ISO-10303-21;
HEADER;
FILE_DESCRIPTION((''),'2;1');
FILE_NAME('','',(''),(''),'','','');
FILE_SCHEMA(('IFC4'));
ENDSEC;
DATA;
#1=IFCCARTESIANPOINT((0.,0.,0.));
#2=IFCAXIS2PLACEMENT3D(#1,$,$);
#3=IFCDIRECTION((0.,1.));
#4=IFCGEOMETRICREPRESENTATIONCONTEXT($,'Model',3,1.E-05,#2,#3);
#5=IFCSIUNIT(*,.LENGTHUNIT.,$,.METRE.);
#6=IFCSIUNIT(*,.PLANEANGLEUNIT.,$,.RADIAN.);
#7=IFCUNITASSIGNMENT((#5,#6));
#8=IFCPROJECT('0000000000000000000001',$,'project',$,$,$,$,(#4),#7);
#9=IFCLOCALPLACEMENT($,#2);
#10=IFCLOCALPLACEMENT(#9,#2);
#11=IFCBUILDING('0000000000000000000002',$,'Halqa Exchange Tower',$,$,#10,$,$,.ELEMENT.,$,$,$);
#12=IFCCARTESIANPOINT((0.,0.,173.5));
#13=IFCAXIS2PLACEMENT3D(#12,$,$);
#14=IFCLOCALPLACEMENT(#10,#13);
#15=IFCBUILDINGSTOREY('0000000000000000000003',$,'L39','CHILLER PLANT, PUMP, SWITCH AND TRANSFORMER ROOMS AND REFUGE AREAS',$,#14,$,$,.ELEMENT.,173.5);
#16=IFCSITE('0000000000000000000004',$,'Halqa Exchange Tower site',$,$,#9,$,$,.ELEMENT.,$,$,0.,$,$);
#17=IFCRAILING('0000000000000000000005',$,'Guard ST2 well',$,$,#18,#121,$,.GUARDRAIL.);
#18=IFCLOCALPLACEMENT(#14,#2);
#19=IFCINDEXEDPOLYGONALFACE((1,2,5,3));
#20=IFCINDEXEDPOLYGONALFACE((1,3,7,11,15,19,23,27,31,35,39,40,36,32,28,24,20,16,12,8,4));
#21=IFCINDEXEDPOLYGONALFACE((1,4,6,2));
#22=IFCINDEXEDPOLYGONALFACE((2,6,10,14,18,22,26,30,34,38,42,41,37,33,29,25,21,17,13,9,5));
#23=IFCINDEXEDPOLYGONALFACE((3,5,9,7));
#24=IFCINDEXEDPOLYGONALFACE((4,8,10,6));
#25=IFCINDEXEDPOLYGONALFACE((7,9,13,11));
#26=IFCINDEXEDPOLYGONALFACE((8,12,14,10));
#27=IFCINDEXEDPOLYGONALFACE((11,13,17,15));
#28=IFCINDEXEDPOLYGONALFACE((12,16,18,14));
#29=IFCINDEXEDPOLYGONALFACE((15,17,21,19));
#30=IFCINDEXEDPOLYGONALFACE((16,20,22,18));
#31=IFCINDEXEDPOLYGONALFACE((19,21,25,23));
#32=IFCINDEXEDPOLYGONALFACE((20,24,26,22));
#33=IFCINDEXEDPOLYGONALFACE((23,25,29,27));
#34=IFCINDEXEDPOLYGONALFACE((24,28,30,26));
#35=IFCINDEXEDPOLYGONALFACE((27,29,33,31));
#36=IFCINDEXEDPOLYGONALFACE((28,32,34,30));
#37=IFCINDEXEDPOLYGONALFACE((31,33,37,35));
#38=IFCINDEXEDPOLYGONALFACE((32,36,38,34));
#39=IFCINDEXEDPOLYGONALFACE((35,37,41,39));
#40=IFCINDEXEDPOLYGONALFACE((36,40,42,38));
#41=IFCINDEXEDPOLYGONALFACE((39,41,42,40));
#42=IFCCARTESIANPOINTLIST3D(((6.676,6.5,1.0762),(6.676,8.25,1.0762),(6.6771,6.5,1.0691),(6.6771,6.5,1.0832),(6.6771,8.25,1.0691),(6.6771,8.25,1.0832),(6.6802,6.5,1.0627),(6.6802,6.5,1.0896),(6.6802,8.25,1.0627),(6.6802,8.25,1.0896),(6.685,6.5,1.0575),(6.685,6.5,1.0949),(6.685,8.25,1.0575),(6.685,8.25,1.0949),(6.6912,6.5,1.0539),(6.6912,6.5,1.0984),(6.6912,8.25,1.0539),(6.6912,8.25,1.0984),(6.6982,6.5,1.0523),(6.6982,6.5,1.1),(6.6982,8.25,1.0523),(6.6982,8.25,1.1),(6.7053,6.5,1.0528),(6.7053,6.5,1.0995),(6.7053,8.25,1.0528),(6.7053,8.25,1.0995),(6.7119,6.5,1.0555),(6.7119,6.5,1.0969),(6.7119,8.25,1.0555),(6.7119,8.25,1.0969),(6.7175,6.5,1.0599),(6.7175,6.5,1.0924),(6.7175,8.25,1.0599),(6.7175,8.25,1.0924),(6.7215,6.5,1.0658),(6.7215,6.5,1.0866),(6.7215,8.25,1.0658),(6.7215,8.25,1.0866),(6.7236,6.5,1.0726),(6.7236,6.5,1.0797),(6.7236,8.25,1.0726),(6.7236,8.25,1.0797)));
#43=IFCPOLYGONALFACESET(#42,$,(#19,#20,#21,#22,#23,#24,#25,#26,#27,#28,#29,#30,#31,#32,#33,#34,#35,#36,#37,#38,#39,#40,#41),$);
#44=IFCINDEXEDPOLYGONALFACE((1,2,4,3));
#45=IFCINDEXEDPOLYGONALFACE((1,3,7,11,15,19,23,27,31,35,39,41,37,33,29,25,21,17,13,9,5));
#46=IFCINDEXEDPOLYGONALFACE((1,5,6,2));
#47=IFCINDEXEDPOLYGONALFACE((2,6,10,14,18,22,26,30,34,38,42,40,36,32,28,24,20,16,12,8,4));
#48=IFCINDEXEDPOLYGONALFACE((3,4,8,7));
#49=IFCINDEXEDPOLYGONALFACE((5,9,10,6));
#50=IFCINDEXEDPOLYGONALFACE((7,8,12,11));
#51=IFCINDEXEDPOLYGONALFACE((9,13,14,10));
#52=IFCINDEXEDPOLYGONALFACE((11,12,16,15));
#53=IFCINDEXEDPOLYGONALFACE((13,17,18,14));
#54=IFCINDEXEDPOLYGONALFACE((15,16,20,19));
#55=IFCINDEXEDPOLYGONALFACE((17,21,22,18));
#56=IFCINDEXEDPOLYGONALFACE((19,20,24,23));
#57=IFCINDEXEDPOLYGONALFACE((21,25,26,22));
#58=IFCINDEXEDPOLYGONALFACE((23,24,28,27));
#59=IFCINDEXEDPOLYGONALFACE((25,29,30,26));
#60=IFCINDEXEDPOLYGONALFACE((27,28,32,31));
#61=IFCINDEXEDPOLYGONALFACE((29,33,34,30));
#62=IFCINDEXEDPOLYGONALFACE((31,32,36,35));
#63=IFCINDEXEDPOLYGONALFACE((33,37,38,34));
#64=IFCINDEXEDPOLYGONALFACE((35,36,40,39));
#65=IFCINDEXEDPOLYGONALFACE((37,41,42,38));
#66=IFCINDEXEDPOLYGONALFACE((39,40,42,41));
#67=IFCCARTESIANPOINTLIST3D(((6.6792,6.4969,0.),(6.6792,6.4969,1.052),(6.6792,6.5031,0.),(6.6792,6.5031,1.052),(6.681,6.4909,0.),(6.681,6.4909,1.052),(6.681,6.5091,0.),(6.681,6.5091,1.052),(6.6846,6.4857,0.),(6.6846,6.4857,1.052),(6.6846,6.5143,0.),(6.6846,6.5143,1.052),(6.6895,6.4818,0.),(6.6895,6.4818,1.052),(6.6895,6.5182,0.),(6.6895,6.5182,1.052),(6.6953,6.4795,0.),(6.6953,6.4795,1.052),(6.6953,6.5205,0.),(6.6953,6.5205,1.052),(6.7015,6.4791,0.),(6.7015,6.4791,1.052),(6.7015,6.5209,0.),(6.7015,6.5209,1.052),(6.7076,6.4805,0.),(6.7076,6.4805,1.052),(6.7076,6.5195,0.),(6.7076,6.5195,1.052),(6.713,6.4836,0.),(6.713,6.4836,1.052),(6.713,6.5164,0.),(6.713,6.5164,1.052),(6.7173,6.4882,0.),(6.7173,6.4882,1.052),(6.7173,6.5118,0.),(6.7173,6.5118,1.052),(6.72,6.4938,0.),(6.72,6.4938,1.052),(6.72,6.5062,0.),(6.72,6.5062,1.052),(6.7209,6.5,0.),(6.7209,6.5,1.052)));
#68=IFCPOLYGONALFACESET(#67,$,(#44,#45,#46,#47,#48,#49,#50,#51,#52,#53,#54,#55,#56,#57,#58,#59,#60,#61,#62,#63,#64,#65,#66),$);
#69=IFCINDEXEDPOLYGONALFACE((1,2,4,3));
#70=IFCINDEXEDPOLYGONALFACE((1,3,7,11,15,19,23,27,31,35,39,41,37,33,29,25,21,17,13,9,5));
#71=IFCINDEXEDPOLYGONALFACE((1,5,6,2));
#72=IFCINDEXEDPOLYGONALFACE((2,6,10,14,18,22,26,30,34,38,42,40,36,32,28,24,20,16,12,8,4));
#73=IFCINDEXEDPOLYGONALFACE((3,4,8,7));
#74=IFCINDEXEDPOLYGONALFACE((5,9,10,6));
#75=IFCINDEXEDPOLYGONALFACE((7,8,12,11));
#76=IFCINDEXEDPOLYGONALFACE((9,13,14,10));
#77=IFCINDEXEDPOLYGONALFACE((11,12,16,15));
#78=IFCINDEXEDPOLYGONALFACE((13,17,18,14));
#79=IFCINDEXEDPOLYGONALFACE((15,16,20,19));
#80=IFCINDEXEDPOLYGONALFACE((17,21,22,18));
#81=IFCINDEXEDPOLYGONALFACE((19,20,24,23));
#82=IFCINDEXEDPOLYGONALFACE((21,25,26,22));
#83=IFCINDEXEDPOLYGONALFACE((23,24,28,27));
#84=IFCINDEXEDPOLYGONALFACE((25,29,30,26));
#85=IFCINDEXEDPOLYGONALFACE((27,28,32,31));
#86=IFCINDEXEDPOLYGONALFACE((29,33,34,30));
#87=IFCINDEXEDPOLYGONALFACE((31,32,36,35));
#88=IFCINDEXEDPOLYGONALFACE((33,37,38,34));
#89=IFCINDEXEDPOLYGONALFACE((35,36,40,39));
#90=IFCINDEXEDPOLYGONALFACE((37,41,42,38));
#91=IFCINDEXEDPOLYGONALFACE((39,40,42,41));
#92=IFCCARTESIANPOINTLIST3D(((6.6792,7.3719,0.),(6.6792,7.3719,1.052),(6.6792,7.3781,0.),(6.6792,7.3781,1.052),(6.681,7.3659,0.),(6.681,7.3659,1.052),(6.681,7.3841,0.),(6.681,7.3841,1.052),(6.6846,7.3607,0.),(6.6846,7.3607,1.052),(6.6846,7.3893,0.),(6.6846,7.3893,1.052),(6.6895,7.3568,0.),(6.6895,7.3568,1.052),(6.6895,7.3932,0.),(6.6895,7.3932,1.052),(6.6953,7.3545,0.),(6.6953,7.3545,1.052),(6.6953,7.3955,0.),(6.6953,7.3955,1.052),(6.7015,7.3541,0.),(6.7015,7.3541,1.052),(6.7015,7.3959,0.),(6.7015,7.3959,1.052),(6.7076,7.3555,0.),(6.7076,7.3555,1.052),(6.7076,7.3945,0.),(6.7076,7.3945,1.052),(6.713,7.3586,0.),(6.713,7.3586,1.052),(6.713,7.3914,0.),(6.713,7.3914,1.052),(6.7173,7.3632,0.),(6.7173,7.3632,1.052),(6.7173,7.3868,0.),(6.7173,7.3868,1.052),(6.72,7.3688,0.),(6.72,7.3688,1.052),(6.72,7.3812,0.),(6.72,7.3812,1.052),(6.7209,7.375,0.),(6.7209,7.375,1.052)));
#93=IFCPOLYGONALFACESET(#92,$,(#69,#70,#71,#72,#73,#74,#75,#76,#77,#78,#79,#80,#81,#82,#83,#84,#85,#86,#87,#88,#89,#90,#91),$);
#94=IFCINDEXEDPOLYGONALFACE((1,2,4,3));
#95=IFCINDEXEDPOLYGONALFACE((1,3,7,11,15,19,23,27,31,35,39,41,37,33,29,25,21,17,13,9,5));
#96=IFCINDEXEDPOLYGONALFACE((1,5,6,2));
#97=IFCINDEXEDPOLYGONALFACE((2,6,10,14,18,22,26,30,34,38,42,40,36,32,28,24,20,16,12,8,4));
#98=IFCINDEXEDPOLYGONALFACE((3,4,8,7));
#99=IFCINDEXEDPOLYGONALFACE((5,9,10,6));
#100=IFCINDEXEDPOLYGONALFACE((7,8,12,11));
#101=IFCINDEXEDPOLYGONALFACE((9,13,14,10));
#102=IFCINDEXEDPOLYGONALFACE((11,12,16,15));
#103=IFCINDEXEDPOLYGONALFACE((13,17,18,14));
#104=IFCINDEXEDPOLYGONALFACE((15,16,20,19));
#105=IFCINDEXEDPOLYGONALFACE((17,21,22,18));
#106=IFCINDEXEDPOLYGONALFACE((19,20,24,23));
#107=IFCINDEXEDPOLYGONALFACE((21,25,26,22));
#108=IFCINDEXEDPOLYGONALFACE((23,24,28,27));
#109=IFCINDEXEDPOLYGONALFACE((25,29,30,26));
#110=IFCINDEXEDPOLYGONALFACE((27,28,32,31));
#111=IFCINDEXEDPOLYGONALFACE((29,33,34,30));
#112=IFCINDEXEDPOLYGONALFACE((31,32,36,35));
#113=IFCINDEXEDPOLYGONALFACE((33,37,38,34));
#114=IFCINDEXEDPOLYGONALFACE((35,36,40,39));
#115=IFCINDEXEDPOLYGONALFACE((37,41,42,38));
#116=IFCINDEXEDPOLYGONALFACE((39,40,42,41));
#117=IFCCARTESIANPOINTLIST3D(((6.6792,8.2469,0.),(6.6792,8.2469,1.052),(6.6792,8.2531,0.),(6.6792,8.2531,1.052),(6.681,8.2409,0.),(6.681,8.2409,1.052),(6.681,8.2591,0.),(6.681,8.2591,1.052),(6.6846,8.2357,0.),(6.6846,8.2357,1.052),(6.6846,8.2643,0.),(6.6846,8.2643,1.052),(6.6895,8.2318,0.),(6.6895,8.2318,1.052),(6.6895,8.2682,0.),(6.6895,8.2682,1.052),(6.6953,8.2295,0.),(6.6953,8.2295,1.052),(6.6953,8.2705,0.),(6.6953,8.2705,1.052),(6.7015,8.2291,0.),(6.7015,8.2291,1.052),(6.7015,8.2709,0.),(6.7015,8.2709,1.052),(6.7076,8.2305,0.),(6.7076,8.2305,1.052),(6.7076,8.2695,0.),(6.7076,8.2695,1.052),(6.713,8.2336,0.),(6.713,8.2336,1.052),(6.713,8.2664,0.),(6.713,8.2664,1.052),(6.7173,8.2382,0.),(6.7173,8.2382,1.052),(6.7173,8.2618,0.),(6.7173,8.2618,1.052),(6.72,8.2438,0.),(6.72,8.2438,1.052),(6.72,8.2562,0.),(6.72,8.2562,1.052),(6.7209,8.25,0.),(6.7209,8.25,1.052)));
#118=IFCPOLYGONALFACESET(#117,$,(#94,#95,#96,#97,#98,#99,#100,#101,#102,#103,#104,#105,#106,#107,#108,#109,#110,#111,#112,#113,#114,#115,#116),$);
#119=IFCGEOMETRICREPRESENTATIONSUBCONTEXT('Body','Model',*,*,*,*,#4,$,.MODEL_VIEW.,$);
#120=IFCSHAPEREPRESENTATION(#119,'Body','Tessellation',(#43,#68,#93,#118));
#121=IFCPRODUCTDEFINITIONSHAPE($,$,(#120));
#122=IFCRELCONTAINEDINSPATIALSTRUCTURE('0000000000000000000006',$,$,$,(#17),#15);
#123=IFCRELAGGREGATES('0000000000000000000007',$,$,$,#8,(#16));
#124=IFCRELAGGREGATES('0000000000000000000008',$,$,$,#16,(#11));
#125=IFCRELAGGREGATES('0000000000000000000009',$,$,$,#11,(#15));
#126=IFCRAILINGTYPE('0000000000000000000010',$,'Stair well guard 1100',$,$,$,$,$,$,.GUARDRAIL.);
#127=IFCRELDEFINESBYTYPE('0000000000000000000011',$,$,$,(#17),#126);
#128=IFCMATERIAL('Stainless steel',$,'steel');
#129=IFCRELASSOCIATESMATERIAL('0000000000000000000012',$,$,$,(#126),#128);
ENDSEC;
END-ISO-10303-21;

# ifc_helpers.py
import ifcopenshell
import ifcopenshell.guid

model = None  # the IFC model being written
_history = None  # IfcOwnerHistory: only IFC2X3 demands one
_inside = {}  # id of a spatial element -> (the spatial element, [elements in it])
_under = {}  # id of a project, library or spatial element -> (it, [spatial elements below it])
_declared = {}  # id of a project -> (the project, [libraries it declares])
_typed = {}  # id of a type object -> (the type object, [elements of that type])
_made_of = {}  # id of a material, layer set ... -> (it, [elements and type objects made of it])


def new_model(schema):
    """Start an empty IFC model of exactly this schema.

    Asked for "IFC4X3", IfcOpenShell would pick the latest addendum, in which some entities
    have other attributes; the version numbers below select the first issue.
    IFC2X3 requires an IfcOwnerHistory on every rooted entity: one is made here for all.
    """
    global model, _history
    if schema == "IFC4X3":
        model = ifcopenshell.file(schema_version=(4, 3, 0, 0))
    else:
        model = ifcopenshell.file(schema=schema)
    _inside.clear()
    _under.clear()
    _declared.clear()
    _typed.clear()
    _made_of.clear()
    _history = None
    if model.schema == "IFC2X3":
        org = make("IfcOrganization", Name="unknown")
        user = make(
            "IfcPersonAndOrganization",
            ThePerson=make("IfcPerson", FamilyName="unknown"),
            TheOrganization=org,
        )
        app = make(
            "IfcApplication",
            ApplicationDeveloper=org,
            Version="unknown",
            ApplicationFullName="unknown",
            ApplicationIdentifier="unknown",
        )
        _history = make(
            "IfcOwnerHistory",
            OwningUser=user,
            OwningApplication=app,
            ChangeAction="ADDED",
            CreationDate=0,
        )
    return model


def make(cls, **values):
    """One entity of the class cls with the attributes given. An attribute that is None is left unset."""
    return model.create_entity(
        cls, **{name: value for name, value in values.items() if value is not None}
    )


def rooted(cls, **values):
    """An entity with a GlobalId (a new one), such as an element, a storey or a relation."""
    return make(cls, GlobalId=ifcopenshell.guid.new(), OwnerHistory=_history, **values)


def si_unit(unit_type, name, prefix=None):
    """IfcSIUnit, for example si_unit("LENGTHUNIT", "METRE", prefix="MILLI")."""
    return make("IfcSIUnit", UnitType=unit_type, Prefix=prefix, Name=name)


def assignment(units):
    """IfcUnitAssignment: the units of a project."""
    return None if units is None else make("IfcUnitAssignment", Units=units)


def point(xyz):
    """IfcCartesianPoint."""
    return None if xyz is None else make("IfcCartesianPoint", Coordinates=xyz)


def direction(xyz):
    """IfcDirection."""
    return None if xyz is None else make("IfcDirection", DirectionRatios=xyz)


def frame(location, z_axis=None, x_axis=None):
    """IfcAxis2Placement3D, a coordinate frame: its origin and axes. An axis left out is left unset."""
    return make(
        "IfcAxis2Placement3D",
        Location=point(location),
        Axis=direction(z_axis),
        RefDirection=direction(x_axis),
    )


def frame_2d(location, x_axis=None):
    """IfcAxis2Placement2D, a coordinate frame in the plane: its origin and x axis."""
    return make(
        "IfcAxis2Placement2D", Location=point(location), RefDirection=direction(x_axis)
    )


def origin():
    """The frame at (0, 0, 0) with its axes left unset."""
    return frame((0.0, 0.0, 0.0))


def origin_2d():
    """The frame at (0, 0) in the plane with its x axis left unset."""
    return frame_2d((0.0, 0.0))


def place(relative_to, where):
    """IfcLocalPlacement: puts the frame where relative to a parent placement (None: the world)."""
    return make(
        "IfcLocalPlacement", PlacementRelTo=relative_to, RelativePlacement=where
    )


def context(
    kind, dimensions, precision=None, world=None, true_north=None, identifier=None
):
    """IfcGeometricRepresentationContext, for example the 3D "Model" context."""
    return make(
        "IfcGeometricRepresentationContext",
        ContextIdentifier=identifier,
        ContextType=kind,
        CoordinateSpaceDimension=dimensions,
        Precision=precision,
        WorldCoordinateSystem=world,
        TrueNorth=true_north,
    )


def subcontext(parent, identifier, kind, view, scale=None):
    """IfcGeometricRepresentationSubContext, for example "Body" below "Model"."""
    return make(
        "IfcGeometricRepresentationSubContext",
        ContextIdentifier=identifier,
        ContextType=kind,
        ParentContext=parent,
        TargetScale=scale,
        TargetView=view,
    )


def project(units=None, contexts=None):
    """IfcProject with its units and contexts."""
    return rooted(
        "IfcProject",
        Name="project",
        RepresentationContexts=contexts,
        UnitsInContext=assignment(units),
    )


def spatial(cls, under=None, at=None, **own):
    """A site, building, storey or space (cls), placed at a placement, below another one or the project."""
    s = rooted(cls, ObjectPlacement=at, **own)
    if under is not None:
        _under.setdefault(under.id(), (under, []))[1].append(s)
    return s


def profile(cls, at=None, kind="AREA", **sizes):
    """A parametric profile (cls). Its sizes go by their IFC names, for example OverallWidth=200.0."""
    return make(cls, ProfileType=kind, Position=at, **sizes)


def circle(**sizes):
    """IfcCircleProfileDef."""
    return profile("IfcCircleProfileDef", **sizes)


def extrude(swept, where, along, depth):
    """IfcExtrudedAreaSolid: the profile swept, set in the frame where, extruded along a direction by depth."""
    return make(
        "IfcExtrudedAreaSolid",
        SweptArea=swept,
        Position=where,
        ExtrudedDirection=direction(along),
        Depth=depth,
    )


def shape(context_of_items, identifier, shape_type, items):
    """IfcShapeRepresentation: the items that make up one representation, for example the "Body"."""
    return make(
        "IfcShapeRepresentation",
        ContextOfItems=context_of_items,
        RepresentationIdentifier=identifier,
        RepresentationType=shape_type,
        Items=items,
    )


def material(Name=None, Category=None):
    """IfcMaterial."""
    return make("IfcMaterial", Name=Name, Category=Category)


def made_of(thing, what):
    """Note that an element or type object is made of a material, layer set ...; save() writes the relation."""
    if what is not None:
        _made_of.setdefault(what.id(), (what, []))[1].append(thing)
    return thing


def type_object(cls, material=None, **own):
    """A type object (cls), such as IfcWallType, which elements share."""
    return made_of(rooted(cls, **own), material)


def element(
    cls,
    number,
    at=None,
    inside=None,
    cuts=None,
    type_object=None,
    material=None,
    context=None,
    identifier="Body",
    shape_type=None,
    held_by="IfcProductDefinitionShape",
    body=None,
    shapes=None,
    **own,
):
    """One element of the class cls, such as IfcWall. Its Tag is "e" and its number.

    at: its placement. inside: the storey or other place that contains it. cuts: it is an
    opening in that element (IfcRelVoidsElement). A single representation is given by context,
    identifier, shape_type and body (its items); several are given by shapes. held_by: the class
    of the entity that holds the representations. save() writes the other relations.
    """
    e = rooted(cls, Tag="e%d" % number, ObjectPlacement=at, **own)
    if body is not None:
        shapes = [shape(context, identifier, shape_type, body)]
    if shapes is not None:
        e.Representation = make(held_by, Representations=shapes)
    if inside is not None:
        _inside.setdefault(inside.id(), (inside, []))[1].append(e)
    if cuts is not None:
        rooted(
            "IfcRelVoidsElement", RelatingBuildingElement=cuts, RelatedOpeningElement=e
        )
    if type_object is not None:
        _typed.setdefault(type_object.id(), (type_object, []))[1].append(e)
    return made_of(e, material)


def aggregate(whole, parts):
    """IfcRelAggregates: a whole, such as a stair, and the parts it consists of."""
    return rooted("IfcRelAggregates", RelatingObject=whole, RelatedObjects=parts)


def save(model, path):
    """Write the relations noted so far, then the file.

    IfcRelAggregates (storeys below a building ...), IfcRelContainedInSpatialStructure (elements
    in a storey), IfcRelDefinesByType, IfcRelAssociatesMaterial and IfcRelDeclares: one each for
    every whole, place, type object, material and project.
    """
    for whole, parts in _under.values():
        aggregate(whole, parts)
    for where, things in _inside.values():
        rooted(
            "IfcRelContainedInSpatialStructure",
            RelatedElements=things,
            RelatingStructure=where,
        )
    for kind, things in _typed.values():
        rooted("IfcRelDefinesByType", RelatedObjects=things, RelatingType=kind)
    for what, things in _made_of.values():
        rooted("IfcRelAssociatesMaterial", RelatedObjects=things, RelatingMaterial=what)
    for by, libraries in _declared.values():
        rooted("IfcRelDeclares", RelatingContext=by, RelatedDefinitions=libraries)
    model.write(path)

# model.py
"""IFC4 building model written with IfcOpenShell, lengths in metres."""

from ifc_helpers import new_model, si_unit, direction, frame, origin, origin_2d, place, context, subcontext, project, spatial, circle, extrude, material, type_object, element, save


model = new_model("IFC4")

# Units and contexts
model_context = context("Model", 3, precision=1e-05, world=origin(), true_north=direction((0.0, 1.0)))
body_context = subcontext(model_context, "Body", "Model", "MODEL_VIEW")
ifc_project = project(units=[si_unit("LENGTHUNIT", "METRE"), si_unit("PLANEANGLEUNIT", "RADIAN")], contexts=[model_context])

# Site, building, storey
site_placement = place(None, origin())
site = spatial("IfcSite", under=ifc_project, at=site_placement, Name="Halqa Exchange Tower site", CompositionType="ELEMENT", RefElevation=0.0)
building_placement = place(site_placement, origin())
building = spatial("IfcBuilding", under=site, at=building_placement, Name="Halqa Exchange Tower", CompositionType="ELEMENT")
storey_placement = place(building_placement, frame((0.0, 0.0, 173.5)))
storey = spatial("IfcBuildingStorey", under=building, at=storey_placement, Name="L39", Description="CHILLER PLANT, PUMP, SWITCH AND TRANSFORMER ROOMS AND REFUGE AREAS", CompositionType="ELEMENT", Elevation=173.5)

# Railing
ifc_material_1 = material(Name="Stainless steel", Category="steel")
railing_type_1 = type_object("IfcRailingType", Name="Stair well guard 1100", PredefinedType="GUARDRAIL", material=ifc_material_1)
railing_1_placement = place(storey_placement, frame((6.7, 6.5, 0.0)))
element("IfcRailing", 1, at=railing_1_placement, inside=storey, type_object=railing_type_1, Name="Guard ST2 well", PredefinedType="GUARDRAIL", context=body_context, shape_type="SweptSolid", body=[
    extrude(circle(Radius=0.0239, at=origin_2d()), frame((0.0, 0.0, 1.0762), z_axis=(0.0, 1.0, 0.0), x_axis=(-1.0, 0.0, 0.0)), (0.0, 0.0, 1.0), 1.75),
    extrude(circle(Radius=0.021, at=origin_2d()), origin(), (0.0, 0.0, 1.0), 1.052),
    extrude(circle(Radius=0.021, at=origin_2d()), frame((0.0, 0.875, 0.0)), (0.0, 0.0, 1.0), 1.052),
    extrude(circle(Radius=0.021, at=origin_2d()), frame((0.0, 1.75, 0.0)), (0.0, 0.0, 1.0), 1.052),
])

save(model, "model.ifc")
